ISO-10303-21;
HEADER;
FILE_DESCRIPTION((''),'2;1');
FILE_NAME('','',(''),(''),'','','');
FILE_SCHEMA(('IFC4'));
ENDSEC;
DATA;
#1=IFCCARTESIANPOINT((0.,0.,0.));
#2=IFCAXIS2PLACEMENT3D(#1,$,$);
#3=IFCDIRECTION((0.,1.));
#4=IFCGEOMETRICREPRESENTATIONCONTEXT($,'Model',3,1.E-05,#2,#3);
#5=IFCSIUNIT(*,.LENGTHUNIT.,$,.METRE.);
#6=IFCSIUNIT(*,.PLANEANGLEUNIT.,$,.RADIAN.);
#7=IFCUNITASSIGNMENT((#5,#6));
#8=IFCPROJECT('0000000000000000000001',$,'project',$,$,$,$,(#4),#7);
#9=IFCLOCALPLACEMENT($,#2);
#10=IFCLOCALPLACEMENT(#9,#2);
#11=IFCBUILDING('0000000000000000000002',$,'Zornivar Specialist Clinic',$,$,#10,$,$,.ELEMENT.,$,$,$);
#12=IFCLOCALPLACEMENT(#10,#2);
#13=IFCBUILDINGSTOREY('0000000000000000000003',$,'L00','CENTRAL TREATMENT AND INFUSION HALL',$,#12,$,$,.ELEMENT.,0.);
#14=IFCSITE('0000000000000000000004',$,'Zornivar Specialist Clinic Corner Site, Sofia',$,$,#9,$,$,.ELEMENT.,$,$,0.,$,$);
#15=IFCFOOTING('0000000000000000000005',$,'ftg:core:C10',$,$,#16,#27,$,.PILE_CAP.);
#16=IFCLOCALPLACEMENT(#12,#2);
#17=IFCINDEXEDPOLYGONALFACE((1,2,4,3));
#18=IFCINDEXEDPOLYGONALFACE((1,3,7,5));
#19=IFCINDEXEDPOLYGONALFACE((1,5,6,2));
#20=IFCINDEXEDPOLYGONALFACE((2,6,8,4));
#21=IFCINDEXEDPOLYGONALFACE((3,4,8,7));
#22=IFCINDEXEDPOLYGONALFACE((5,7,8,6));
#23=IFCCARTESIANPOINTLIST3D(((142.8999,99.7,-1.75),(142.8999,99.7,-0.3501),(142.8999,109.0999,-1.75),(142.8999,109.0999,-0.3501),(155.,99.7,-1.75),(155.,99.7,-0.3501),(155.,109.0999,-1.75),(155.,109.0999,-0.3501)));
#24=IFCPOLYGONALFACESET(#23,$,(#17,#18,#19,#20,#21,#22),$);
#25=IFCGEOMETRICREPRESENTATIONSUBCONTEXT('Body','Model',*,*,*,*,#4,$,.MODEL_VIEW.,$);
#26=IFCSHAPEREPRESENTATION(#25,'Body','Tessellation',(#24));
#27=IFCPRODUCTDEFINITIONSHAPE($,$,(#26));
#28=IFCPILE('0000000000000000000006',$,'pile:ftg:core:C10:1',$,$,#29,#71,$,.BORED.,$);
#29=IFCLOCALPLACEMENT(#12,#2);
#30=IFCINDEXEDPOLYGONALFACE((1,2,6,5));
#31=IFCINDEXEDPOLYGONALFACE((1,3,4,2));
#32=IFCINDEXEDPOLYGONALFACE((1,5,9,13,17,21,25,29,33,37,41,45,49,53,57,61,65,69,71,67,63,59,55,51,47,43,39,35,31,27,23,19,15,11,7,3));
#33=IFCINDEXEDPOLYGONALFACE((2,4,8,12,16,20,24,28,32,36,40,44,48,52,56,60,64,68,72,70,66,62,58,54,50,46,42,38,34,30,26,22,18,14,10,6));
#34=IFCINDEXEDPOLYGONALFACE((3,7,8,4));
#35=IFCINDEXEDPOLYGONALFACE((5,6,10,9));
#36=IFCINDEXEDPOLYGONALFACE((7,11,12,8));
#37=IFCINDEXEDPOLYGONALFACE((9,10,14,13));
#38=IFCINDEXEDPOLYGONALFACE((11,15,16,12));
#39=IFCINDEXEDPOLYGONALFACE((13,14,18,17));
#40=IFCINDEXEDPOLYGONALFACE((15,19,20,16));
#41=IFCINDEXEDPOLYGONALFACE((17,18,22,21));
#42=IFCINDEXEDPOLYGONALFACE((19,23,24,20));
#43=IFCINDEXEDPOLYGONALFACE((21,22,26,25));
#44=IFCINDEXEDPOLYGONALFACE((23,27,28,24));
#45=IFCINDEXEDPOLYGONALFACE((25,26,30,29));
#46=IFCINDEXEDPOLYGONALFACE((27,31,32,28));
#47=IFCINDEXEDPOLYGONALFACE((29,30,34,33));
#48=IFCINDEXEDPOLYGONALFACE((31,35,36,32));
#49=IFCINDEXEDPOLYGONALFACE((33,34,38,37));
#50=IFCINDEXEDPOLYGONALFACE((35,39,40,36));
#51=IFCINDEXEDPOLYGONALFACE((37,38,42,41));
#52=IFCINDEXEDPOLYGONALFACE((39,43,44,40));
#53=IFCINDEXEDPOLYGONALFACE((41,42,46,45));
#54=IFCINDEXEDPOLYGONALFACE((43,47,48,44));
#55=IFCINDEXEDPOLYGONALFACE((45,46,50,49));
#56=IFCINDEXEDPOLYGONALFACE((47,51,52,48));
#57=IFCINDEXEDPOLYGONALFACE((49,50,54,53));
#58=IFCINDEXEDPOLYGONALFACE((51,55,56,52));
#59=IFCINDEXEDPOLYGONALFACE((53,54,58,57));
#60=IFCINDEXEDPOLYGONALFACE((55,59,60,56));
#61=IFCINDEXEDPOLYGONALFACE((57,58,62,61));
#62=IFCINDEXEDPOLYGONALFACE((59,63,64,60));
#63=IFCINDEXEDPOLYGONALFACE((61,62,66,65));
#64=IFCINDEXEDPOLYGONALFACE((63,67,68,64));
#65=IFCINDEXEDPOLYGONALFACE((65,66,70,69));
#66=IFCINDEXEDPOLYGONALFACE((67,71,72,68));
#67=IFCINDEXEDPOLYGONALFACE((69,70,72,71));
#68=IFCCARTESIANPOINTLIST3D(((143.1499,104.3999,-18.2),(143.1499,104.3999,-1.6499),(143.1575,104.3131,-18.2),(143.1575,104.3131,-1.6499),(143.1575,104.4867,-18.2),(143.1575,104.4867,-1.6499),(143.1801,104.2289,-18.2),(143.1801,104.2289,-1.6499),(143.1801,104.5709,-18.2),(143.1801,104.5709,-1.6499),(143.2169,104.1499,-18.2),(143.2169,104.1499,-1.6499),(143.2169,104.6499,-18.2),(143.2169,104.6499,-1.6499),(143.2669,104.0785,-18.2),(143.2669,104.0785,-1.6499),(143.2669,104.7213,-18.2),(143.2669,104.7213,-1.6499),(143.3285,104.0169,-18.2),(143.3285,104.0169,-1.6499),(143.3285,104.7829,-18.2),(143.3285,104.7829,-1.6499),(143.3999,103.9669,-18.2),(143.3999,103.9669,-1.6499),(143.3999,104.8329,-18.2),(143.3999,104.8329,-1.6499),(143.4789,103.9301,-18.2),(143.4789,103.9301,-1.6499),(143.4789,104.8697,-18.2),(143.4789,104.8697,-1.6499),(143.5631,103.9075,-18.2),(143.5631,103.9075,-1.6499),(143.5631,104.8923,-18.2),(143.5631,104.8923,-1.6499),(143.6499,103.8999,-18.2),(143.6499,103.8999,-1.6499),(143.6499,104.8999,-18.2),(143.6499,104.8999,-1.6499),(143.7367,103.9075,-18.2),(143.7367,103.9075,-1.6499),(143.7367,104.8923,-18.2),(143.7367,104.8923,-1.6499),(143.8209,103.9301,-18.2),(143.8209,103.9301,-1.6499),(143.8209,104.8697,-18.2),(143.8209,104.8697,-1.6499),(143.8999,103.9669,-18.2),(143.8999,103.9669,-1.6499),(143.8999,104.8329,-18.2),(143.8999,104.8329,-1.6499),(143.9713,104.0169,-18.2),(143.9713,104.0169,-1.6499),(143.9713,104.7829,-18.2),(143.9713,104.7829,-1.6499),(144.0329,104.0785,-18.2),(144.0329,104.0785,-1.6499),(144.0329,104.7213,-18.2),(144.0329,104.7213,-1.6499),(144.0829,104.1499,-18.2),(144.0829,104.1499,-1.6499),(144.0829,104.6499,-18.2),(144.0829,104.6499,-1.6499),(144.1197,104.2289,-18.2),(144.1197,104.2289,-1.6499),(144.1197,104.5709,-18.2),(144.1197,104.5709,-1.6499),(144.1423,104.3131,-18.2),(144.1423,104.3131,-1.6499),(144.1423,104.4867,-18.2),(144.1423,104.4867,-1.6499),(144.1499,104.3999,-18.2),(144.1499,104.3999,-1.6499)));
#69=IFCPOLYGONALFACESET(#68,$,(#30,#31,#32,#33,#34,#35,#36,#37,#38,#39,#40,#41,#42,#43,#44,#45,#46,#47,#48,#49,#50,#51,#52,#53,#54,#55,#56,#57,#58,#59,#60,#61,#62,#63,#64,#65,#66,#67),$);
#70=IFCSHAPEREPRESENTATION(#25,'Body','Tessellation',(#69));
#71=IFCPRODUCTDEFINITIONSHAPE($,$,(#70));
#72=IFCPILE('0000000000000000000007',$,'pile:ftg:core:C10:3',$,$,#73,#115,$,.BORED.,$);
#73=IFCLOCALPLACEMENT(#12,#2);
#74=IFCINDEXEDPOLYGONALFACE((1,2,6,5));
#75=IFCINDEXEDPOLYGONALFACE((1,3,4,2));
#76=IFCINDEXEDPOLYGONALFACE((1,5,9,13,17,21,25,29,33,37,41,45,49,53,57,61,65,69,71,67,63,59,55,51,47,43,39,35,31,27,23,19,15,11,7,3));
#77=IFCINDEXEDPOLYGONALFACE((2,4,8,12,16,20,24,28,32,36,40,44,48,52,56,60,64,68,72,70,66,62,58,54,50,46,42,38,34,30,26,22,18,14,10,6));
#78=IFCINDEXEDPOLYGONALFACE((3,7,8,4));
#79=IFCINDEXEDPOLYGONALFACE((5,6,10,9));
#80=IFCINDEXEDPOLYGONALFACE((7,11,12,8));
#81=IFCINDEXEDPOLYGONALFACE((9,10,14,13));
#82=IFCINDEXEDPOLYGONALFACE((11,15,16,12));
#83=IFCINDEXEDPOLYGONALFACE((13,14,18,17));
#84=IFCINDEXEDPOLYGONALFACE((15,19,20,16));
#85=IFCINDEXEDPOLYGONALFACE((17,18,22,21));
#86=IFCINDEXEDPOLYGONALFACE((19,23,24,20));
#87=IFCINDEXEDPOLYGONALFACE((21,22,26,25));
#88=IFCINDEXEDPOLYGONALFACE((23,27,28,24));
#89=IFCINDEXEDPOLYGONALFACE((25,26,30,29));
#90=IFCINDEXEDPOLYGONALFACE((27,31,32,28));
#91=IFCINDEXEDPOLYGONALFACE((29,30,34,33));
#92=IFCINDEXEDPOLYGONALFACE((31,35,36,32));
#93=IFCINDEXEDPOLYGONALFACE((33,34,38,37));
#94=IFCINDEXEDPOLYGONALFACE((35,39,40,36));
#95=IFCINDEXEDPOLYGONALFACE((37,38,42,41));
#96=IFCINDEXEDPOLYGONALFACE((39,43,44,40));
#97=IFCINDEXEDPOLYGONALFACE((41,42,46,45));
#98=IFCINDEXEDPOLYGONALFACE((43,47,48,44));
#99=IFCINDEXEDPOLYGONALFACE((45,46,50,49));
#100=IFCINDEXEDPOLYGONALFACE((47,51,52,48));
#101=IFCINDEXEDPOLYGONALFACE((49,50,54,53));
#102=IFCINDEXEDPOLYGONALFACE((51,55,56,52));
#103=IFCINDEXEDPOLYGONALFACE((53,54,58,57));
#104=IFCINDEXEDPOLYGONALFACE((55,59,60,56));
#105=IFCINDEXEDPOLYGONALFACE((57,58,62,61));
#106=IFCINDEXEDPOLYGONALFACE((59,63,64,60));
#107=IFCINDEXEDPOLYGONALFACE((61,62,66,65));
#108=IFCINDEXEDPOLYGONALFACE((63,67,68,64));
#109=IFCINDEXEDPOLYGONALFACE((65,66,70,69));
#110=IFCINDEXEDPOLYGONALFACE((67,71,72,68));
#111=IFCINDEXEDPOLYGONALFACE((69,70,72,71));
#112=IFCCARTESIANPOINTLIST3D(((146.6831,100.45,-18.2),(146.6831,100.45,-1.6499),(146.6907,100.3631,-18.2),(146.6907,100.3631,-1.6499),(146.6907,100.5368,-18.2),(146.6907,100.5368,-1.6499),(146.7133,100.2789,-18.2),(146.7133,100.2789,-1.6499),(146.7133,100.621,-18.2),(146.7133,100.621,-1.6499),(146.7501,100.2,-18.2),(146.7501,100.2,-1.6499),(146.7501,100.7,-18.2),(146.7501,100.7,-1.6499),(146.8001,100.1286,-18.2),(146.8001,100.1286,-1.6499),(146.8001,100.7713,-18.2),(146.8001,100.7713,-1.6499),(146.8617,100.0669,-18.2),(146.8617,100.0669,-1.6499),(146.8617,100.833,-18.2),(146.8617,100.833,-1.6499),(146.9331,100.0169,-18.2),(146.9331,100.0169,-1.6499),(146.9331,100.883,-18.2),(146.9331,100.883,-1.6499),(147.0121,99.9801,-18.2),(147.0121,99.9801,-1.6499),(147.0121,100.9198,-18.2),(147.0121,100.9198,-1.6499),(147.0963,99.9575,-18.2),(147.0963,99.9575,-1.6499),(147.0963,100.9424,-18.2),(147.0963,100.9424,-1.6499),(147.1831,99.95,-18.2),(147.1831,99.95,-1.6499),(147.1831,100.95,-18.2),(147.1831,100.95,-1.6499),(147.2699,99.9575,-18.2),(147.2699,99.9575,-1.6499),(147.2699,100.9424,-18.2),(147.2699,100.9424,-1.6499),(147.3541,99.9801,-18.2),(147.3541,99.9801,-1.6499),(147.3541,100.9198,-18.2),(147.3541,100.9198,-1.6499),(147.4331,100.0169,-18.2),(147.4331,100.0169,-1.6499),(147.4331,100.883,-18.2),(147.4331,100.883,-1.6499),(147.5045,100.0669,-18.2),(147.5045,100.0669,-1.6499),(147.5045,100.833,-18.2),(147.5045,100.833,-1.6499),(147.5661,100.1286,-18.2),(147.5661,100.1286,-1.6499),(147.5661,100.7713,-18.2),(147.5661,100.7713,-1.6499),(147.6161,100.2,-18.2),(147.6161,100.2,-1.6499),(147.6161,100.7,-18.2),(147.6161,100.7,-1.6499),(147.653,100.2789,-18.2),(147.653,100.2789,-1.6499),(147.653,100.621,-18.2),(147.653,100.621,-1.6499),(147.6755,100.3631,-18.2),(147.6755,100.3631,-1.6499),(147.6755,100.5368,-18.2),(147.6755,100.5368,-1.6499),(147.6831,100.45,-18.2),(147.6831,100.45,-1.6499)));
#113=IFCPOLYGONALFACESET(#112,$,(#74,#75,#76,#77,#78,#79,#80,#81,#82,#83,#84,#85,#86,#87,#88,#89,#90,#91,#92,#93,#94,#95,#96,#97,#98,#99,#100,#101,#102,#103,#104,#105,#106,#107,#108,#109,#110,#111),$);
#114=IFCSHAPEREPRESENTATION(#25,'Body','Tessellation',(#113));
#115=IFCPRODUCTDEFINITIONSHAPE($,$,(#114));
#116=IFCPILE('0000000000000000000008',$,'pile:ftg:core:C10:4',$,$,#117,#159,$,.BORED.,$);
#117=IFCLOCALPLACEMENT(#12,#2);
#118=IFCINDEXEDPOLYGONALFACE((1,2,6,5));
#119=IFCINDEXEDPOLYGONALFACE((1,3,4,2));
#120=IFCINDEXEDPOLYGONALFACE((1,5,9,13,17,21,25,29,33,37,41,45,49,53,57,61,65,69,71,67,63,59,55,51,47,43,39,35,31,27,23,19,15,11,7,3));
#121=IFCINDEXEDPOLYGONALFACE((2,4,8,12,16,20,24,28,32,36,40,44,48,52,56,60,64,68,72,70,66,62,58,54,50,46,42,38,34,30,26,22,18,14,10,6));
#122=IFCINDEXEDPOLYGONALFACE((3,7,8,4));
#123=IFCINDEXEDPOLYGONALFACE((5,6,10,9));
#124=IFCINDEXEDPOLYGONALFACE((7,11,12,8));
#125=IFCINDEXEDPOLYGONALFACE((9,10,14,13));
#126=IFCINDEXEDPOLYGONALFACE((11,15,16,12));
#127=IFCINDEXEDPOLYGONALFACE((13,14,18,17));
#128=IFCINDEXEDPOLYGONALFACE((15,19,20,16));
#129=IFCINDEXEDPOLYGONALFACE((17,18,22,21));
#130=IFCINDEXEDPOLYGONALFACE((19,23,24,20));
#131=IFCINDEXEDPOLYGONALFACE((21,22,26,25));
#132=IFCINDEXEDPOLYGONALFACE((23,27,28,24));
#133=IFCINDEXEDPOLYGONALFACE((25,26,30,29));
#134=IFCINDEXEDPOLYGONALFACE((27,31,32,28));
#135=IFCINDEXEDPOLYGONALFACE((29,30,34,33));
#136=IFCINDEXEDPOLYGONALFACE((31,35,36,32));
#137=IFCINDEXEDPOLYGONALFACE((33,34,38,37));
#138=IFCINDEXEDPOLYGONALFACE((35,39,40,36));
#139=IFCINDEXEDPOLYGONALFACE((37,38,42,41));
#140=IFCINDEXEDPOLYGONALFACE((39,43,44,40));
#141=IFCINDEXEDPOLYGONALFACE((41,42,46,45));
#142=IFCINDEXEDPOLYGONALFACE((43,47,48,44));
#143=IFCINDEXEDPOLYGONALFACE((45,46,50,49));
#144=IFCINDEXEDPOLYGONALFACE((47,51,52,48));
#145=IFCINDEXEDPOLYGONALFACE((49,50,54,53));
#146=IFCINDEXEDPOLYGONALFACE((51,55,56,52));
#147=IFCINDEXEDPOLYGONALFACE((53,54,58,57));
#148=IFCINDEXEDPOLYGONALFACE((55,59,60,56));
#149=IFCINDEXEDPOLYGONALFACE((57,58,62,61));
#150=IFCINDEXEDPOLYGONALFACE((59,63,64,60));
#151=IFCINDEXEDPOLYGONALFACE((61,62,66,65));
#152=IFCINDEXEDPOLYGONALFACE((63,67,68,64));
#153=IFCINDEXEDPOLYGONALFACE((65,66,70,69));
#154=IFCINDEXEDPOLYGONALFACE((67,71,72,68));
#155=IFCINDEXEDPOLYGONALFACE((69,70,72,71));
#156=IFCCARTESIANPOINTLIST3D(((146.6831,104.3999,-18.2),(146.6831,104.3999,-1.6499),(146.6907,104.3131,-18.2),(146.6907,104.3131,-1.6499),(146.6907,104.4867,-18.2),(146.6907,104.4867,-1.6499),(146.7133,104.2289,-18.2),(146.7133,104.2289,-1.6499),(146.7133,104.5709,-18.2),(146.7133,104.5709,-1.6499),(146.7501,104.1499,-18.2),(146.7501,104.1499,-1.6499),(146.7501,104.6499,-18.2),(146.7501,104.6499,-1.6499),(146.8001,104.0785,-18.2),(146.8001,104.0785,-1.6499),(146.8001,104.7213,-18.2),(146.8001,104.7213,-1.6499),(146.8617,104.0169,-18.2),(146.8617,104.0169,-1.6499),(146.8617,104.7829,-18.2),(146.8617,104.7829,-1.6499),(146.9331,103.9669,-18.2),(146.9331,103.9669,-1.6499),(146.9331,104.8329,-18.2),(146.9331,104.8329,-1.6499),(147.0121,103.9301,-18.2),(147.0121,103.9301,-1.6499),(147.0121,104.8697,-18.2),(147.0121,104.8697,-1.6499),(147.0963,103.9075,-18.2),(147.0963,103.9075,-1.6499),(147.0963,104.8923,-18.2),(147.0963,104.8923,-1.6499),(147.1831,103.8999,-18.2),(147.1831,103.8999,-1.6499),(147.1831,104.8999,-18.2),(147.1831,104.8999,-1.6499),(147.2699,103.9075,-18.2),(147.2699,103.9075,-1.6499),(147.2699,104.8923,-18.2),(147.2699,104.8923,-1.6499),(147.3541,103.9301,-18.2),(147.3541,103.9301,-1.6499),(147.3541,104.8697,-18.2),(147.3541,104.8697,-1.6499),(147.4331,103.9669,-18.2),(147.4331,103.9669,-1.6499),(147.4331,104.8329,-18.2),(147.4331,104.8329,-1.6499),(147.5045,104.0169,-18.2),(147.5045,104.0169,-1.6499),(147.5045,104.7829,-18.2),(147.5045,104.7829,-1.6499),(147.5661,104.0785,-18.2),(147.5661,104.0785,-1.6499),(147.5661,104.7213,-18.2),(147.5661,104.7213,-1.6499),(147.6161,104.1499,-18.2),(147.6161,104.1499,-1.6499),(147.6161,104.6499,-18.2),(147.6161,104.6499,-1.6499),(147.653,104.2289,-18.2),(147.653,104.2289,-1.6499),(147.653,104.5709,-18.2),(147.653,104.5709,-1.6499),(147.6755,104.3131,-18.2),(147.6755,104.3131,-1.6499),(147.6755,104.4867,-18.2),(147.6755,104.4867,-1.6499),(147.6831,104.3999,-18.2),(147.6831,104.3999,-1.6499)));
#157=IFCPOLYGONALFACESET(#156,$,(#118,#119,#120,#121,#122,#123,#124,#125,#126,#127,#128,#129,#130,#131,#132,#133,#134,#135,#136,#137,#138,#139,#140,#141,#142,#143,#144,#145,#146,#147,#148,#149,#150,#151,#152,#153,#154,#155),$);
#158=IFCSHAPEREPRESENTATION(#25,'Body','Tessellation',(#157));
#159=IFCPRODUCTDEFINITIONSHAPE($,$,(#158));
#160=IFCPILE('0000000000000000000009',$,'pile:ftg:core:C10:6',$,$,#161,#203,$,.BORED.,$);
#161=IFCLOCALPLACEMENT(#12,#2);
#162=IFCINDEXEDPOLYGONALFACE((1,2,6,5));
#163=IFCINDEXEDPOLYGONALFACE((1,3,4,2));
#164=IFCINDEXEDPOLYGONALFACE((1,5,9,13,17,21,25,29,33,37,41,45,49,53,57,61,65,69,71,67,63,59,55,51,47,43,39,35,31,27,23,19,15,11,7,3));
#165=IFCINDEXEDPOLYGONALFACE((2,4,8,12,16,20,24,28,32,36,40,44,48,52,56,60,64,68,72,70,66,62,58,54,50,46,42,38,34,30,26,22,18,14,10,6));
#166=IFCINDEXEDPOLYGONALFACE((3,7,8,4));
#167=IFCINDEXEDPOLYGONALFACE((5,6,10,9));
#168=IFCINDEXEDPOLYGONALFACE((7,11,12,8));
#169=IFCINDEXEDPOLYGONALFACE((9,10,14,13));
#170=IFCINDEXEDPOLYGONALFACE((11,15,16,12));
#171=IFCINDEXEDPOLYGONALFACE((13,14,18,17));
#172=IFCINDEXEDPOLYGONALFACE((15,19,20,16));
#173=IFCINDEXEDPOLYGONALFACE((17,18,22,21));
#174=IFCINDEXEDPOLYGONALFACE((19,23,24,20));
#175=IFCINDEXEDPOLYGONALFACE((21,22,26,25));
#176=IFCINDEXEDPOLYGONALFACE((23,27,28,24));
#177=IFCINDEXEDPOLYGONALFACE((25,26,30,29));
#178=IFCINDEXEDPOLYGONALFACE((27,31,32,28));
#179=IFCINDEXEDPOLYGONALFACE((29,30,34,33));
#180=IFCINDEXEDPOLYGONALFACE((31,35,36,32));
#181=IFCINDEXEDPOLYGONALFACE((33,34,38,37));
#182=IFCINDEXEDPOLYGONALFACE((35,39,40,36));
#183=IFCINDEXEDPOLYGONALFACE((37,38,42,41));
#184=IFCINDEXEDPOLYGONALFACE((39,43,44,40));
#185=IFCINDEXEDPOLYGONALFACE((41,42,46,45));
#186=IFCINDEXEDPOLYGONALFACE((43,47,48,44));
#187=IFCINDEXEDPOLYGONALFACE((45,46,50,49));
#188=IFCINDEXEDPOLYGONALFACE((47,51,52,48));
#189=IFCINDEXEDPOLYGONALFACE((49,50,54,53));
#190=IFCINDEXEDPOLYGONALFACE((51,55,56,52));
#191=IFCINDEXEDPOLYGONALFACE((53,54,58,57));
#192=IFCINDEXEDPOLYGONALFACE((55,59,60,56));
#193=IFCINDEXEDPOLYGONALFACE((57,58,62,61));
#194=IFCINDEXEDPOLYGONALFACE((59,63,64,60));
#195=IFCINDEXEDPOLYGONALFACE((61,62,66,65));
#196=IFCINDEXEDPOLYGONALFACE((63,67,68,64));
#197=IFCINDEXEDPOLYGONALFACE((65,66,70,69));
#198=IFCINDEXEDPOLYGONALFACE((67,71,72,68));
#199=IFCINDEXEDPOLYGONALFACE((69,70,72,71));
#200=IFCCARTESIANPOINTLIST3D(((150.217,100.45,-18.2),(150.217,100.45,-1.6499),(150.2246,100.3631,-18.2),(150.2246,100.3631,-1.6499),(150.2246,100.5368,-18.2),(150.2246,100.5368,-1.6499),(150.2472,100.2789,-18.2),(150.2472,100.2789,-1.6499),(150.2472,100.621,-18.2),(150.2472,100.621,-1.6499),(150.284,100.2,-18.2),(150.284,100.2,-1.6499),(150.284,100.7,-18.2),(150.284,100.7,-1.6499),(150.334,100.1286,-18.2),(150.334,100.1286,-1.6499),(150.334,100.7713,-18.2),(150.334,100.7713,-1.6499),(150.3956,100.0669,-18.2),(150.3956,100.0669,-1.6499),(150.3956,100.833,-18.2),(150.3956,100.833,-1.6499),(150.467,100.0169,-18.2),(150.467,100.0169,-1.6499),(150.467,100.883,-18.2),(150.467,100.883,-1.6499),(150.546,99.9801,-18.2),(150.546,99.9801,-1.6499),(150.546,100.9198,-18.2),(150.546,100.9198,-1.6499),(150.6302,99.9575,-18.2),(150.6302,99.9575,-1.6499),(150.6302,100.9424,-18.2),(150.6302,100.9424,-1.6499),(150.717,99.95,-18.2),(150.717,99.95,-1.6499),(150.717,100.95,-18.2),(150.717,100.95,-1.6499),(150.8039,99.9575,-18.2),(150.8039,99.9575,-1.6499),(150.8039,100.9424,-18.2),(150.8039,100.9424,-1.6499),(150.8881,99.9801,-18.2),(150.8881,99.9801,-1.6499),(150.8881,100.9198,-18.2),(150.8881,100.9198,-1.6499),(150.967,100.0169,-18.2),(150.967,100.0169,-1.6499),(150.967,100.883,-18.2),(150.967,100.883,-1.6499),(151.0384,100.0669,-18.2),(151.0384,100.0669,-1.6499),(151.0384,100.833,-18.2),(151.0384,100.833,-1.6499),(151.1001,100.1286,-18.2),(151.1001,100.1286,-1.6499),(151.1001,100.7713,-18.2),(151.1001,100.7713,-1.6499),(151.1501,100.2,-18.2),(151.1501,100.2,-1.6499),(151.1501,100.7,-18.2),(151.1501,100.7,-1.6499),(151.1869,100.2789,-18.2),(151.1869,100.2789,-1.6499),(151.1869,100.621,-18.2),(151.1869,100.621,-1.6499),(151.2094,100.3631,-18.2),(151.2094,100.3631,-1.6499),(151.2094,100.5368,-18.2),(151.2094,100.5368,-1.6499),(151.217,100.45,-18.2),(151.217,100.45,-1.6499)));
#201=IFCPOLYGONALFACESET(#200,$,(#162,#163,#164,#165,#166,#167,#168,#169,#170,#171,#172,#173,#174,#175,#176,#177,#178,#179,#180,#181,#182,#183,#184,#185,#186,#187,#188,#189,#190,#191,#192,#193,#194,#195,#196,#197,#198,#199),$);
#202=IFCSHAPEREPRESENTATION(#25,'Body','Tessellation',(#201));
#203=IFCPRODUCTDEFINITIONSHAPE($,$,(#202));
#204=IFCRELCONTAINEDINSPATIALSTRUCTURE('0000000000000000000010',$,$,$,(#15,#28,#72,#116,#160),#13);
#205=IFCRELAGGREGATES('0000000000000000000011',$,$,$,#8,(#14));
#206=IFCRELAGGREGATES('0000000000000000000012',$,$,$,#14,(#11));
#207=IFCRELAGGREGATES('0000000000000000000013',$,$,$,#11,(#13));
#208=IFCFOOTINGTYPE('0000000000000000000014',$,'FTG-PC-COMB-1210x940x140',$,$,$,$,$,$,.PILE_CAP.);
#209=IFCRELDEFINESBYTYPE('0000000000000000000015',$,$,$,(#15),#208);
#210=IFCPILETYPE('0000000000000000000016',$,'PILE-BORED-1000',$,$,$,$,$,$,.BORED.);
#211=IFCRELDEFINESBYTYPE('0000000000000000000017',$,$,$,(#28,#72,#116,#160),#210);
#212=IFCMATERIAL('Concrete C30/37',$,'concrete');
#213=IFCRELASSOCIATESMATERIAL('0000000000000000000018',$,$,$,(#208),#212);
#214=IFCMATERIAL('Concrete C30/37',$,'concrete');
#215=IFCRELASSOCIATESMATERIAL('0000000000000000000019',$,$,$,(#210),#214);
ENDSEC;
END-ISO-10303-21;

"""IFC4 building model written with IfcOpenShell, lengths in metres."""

from ifc_helpers import new_model, si_unit, direction, frame, origin, origin_2d, place, context, subcontext, project, spatial, rectangle, circle, extrude, material, material_profile, profile_set, type_object, element, save


model = new_model("IFC4")

# Units and contexts
model_context = context("Model", 3, precision=1e-05, world=origin(), true_north=direction((0.0, 1.0)))
body_context = subcontext(model_context, "Body", "Model", "MODEL_VIEW")
ifc_project = project(units=[si_unit("LENGTHUNIT", "METRE"), si_unit("PLANEANGLEUNIT", "RADIAN")], contexts=[model_context])

# Site, building, storey
site_placement = place(None, origin())
site = spatial("IfcSite", under=ifc_project, at=site_placement, Name="Zornivar Specialist Clinic Corner Site, Sofia", CompositionType="ELEMENT", RefElevation=0.0)
building_placement = place(site_placement, origin())
building = spatial("IfcBuilding", under=site, at=building_placement, Name="Zornivar Specialist Clinic", CompositionType="ELEMENT")
storey_placement = place(building_placement, origin())
storey = spatial("IfcBuildingStorey", under=building, at=storey_placement, Name="L00", Description="CENTRAL TREATMENT AND INFUSION HALL", CompositionType="ELEMENT", Elevation=0.0)

# Footing
ifc_material_1 = material(Name="Concrete C30/37", Category="concrete")
footing_type = type_object("IfcFootingType", Name="FTG-PC-COMB-1210x940x140", PredefinedType="PILE_CAP", material=ifc_material_1)
footing_placement = place(storey_placement, frame((148.95, 104.3999, -1.75), z_axis=(0.0, 0.0, 1.0), x_axis=(1.0, 0.0, 0.0)))
element("IfcFooting", 1, at=footing_placement, inside=storey, type_object=footing_type, Name="ftg:core:C10", PredefinedType="PILE_CAP", context=body_context, shape_type="SweptSolid", body=[
    extrude(rectangle(XDim=12.1001, YDim=9.3999, at=origin_2d()), origin(), (0.0, 0.0, 1.0), 1.3999),
])

# Piles
ifc_material_2 = material(Name="Concrete C30/37", Category="concrete")
ifc_material_profile_1 = material_profile(ifc_material_2, circle(Radius=0.5, at=origin_2d()), Name="PILE D1000")
ifc_profile_set_1 = profile_set([ifc_material_profile_1], Name="Concrete C30/37")
pile_type = type_object("IfcPileType", Name="PILE-BORED-1000", PredefinedType="BORED", material=ifc_profile_set_1)
for number, where, z_axis, x_axis, name in (
    (2, (143.6499, 104.3999, -1.6499), (0.0, 0.0, -1.0), (1.0, 0.0, 0.0), "pile:ftg:core:C10:1"),
    (3, (147.1831, 100.45, -1.6499), (0.0, 0.0, -1.0), (1.0, 0.0, 0.0), "pile:ftg:core:C10:3"),
    (4, (147.1831, 104.3999, -1.6499), (0.0, 0.0, -1.0), (1.0, 0.0, 0.0), "pile:ftg:core:C10:4"),
    (5, (150.717, 100.45, -1.6499), (0.0, 0.0, -1.0), (1.0, 0.0, 0.0), "pile:ftg:core:C10:6"),
):
    element("IfcPile", number, at=place(storey_placement, frame(where, z_axis=z_axis, x_axis=x_axis)), inside=storey, type_object=pile_type, Name=name, PredefinedType="BORED", context=body_context, shape_type="SweptSolid", body=[
        extrude(circle(Radius=0.5, at=origin_2d()), origin(), (0.0, 0.0, 1.0), 16.55),
    ])

save(model, "model.ifc")
